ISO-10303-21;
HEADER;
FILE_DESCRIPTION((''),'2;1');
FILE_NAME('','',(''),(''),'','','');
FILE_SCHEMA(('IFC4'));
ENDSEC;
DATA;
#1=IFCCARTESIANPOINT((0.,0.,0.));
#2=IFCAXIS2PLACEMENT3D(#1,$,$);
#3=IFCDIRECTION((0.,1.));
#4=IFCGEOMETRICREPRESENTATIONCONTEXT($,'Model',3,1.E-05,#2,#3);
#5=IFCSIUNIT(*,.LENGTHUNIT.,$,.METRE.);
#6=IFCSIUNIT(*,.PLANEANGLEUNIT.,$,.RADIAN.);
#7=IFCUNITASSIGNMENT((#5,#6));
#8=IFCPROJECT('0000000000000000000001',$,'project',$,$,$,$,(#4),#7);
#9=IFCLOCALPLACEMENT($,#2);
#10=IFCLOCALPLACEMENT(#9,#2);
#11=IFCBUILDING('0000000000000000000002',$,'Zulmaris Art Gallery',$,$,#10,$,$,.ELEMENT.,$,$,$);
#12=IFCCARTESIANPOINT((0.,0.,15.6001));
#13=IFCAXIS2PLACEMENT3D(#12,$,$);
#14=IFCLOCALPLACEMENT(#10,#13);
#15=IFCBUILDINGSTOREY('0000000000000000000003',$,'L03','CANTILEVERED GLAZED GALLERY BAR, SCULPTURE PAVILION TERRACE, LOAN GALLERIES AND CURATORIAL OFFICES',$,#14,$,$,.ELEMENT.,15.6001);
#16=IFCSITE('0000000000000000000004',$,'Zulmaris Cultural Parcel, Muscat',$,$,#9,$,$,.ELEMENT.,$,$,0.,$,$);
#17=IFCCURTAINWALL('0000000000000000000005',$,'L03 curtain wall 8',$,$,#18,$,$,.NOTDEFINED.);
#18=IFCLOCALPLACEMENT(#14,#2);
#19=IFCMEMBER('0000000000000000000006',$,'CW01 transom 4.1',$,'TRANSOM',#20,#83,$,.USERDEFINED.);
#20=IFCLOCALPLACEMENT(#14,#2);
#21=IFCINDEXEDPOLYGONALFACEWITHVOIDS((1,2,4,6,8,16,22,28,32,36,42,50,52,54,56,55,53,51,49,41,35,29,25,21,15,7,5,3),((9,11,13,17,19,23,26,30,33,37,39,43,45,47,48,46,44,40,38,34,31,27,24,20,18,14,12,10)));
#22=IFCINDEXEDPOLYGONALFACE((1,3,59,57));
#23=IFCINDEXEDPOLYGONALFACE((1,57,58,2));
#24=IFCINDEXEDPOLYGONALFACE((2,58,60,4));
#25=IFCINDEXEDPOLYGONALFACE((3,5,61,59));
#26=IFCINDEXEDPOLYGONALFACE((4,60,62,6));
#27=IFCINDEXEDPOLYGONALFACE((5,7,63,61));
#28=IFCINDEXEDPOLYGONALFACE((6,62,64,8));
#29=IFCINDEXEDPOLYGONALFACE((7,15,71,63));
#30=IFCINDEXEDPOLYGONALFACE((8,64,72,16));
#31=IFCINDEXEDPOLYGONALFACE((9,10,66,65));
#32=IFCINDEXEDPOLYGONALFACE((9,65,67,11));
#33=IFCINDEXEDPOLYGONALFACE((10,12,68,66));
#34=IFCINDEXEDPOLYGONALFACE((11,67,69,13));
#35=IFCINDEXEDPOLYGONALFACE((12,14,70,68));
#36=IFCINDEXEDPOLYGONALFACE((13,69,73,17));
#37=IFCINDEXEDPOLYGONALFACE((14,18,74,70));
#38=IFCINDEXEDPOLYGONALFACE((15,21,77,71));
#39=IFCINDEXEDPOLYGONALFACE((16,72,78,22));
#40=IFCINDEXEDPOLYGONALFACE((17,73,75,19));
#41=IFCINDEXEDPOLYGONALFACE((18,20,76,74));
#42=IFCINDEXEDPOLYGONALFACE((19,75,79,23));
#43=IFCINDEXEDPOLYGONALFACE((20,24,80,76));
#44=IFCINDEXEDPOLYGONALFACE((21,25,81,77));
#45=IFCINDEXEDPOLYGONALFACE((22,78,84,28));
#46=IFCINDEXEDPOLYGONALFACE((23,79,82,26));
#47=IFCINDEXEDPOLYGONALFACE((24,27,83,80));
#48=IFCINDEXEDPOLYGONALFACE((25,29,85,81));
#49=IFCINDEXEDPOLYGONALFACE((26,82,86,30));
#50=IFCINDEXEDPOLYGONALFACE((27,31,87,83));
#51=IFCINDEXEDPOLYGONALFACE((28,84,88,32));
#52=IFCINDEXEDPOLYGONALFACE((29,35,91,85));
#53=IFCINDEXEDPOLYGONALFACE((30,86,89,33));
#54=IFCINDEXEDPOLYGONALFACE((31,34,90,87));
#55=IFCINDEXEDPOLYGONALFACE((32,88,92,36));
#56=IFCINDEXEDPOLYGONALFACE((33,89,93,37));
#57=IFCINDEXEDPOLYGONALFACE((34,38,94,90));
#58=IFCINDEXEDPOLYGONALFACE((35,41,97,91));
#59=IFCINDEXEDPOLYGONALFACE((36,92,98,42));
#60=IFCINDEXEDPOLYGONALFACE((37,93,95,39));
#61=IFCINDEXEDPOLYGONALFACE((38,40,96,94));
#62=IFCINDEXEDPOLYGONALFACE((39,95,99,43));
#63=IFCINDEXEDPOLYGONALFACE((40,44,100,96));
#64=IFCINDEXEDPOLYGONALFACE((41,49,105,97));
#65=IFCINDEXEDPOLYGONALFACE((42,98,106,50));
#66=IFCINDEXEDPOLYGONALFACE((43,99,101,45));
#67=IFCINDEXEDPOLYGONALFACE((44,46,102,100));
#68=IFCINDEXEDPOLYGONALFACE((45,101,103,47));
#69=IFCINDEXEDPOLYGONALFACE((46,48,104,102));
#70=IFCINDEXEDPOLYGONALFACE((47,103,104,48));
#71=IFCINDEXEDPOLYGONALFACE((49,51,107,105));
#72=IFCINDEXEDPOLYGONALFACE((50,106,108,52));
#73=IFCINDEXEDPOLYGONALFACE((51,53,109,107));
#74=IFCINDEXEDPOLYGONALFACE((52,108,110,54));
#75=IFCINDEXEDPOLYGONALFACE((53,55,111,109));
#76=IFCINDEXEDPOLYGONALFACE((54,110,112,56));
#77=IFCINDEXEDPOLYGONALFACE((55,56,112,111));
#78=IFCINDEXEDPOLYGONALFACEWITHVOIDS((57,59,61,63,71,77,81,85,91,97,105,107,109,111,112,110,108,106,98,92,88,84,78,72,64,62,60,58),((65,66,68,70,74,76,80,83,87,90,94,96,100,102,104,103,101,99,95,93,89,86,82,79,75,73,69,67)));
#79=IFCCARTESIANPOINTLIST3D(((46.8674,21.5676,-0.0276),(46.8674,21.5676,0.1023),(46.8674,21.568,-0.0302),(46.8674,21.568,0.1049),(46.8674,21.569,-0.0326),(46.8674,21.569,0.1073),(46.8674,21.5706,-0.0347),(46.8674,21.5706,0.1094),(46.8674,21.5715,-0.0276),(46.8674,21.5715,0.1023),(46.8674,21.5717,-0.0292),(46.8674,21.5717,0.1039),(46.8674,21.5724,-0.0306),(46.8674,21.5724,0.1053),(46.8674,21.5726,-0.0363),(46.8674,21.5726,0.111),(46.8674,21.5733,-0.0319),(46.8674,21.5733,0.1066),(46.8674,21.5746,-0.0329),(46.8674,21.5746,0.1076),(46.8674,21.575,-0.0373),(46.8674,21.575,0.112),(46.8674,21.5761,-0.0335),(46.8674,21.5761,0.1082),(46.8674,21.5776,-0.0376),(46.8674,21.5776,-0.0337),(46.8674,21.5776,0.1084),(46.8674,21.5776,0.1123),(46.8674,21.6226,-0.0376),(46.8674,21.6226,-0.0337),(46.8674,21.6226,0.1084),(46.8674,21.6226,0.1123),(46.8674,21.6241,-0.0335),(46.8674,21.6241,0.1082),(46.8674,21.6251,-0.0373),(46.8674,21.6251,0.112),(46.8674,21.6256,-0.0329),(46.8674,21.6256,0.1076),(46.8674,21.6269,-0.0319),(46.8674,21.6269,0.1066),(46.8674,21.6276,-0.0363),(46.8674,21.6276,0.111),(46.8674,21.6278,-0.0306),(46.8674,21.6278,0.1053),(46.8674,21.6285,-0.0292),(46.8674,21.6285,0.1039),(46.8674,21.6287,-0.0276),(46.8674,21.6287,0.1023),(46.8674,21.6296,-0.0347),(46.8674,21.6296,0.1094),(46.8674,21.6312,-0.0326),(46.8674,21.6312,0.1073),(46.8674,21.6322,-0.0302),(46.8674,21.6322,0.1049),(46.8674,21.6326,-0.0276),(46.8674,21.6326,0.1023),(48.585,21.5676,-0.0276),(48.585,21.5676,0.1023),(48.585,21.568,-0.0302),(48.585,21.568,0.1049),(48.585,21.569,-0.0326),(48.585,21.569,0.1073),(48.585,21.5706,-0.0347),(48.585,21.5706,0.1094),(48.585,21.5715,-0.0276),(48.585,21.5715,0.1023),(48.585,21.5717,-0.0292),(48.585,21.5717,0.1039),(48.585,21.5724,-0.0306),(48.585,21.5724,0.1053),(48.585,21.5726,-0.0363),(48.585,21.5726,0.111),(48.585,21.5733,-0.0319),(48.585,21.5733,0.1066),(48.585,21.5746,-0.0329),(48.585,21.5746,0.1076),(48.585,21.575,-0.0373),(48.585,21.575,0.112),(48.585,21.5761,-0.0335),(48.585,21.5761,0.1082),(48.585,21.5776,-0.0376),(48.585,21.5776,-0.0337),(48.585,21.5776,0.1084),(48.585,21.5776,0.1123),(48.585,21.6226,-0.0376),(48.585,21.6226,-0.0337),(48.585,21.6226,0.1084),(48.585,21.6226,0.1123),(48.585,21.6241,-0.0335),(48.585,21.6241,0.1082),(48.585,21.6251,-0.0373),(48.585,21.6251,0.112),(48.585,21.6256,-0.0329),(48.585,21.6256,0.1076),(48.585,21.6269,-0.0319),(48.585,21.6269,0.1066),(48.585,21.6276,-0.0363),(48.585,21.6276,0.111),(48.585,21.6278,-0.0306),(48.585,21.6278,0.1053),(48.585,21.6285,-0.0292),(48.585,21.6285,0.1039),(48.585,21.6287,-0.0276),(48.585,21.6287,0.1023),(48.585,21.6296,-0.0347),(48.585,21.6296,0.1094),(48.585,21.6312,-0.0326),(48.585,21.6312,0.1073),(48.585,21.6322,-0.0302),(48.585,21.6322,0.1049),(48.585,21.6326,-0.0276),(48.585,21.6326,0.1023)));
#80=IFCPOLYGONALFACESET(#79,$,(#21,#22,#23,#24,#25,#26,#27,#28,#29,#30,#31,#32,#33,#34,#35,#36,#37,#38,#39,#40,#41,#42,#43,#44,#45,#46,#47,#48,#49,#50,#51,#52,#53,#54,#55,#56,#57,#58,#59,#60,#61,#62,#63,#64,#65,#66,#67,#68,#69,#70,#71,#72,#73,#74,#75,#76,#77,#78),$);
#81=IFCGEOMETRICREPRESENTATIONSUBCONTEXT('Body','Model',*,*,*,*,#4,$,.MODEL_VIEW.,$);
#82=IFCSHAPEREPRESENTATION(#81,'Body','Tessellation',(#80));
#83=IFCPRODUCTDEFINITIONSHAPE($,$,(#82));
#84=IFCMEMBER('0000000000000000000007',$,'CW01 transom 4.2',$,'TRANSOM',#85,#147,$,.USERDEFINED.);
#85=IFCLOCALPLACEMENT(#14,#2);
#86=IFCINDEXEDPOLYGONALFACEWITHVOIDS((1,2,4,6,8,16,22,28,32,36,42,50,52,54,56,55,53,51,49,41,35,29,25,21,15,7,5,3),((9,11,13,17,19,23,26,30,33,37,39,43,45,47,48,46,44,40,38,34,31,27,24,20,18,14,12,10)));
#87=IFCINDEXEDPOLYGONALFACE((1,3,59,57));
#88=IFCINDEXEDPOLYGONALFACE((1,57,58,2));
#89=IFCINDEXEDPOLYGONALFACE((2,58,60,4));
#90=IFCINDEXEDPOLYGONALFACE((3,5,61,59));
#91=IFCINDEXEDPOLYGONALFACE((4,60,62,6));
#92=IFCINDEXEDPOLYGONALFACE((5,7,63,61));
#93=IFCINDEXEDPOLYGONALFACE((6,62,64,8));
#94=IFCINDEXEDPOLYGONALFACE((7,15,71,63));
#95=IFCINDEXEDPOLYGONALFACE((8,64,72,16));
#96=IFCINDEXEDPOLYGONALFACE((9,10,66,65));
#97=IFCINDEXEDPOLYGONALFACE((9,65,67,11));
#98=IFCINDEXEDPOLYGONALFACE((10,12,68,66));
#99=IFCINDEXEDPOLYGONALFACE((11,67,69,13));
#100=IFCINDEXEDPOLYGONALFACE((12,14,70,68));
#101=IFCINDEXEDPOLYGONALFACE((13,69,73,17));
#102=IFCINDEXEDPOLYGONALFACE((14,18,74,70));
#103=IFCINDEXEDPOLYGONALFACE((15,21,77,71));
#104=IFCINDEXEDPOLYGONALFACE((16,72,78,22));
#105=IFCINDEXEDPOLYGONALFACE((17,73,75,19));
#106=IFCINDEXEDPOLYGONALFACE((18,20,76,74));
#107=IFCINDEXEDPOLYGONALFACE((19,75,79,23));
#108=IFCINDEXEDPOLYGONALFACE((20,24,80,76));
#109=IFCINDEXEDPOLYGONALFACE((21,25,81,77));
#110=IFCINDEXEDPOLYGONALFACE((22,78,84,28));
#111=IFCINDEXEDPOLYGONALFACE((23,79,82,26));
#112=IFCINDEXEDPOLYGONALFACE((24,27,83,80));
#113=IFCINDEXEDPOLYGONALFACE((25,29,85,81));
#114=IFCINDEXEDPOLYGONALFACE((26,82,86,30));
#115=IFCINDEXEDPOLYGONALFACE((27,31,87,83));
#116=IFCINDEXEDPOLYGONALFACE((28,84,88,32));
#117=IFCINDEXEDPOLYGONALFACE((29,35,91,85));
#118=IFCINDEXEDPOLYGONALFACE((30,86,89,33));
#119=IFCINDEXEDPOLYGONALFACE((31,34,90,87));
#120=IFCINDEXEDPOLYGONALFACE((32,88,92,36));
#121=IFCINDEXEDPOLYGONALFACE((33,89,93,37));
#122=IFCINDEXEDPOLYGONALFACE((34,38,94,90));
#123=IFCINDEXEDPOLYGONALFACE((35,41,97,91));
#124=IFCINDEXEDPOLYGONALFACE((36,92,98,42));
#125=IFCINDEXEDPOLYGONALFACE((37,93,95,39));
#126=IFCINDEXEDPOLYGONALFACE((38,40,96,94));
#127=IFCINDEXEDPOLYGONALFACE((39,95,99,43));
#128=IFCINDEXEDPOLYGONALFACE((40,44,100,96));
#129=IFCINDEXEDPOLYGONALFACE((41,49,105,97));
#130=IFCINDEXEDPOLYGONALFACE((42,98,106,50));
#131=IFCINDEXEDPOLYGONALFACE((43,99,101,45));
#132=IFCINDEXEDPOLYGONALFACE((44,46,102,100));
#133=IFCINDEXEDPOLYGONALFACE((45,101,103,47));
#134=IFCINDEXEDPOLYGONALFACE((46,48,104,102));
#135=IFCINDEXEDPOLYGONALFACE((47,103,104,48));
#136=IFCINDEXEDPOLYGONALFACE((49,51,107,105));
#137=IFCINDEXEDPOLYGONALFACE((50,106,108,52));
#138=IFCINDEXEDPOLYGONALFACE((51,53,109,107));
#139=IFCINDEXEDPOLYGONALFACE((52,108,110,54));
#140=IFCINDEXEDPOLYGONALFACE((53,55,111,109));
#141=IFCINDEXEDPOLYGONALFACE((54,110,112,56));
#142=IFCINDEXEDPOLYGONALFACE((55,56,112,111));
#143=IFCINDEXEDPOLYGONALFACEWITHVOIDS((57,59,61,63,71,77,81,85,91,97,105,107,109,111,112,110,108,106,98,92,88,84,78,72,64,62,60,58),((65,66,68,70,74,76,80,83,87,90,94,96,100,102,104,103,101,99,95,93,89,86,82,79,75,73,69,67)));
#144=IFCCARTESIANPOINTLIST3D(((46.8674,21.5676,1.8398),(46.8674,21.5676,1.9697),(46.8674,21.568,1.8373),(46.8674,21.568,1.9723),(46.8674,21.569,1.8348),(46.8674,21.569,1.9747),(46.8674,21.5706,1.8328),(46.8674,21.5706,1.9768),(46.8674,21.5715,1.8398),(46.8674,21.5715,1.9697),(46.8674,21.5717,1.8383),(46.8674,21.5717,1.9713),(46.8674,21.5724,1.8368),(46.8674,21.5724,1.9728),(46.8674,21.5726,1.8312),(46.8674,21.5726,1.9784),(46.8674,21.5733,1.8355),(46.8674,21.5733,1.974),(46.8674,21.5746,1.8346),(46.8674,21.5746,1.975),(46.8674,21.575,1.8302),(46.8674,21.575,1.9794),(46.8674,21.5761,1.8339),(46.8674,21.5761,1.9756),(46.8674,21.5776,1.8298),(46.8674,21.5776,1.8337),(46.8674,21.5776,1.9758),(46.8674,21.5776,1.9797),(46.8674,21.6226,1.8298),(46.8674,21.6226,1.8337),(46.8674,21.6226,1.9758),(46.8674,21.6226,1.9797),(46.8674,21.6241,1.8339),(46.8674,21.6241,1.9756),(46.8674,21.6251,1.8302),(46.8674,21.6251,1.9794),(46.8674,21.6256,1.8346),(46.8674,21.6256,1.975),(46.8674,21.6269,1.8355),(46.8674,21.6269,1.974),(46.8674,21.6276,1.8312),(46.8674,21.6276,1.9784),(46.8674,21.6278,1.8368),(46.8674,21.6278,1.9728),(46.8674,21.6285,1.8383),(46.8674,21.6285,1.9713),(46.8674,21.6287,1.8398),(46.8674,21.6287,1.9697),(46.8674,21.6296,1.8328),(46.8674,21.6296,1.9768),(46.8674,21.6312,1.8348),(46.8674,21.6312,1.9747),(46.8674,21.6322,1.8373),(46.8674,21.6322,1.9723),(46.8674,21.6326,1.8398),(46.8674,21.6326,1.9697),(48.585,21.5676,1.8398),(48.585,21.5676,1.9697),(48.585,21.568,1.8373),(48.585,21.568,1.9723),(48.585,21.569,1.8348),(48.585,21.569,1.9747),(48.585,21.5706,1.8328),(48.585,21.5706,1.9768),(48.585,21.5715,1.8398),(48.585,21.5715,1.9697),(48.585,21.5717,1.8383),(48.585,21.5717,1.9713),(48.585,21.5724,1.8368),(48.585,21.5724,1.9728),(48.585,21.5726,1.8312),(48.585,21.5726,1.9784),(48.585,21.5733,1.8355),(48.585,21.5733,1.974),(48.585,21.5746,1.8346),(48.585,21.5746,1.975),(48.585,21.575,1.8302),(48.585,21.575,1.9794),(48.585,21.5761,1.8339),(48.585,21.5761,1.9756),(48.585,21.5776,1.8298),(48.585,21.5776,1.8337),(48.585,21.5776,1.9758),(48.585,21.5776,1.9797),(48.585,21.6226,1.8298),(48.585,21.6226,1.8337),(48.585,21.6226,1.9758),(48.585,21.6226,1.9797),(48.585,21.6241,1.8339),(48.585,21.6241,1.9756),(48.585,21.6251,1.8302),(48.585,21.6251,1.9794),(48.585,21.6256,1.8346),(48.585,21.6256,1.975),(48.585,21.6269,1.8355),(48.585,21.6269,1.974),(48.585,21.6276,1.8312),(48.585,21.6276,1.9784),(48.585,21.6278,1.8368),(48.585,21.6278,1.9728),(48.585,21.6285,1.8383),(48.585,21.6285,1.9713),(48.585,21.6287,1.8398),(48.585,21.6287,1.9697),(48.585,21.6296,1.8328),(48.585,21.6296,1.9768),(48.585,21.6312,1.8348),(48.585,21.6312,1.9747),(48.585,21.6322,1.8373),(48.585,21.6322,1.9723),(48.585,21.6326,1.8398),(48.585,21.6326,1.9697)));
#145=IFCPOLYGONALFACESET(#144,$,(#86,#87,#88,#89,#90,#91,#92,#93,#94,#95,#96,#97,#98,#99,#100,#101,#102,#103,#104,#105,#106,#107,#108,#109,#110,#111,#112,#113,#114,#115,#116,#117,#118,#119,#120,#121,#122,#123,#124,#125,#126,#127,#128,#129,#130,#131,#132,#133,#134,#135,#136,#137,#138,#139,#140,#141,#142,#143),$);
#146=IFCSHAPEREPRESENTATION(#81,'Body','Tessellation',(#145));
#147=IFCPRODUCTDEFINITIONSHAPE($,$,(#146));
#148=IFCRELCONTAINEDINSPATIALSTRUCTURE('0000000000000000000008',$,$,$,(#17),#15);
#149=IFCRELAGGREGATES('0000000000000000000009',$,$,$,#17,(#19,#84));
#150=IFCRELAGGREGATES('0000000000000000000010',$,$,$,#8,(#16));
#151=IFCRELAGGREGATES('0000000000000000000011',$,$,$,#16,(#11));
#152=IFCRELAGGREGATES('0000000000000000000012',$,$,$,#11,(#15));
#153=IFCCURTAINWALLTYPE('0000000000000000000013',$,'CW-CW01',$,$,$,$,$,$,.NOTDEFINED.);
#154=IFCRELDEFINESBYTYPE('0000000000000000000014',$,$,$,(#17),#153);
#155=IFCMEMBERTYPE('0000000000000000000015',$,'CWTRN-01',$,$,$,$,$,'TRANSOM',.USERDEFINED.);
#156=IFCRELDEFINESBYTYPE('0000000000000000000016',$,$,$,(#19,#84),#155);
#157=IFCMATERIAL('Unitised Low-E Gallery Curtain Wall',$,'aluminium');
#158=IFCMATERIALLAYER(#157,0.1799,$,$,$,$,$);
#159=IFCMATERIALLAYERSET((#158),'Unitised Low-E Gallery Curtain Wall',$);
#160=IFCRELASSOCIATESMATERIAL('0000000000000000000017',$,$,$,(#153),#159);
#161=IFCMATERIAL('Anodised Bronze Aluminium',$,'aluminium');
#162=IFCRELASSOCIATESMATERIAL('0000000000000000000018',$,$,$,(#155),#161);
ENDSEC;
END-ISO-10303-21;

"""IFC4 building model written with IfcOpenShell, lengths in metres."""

from ifc_helpers import new_model, si_unit, direction, frame, origin, origin_2d, place, context, subcontext, project, spatial, hollow_rectangle, extrude, material, layer, layer_set, material_profile, profile_set, type_object, element, aggregate, save


model = new_model("IFC4")

# Units and contexts
model_context = context("Model", 3, precision=1e-05, world=origin(), true_north=direction((0.0, 1.0)))
body_context = subcontext(model_context, "Body", "Model", "MODEL_VIEW")
ifc_project = project(units=[si_unit("LENGTHUNIT", "METRE"), si_unit("PLANEANGLEUNIT", "RADIAN")], contexts=[model_context])

# Site, building, storey
site_placement = place(None, origin())
site = spatial("IfcSite", under=ifc_project, at=site_placement, Name="Zulmaris Cultural Parcel, Muscat", CompositionType="ELEMENT", RefElevation=0.0)
building_placement = place(site_placement, origin())
building = spatial("IfcBuilding", under=site, at=building_placement, Name="Zulmaris Art Gallery", CompositionType="ELEMENT")
storey_placement = place(building_placement, frame((0.0, 0.0, 15.6001)))
storey = spatial("IfcBuildingStorey", under=building, at=storey_placement, Name="L03", Description="CANTILEVERED GLAZED GALLERY BAR, SCULPTURE PAVILION TERRACE, LOAN GALLERIES AND CURATORIAL OFFICES", CompositionType="ELEMENT", Elevation=15.6001)

# Curtain wall
ifc_material_1 = material(Name="Unitised Low-E Gallery Curtain Wall", Category="aluminium")
ifc_layer_1 = layer(ifc_material_1, 0.1799)
ifc_layer_set_1 = layer_set([ifc_layer_1], Name="Unitised Low-E Gallery Curtain Wall")
curtain_wall_type_1 = type_object("IfcCurtainWallType", Name="CW-CW01", PredefinedType="NOTDEFINED", material=ifc_layer_set_1)
curtain_wall_1_placement = place(storey_placement, origin())
curtain_wall_1 = element("IfcCurtainWall", 1, at=curtain_wall_1_placement, inside=storey, type_object=curtain_wall_type_1, Name="L03 curtain wall 8", PredefinedType="NOTDEFINED")
ifc_material_2 = material(Name="Anodised Bronze Aluminium", Category="aluminium")

# Members
ifc_material_profile_1 = material_profile(ifc_material_2, hollow_rectangle(XDim=0.0649, YDim=0.1499, WallThickness=0.0039, InnerFilletRadius=0.0061, OuterFilletRadius=0.01, at=origin_2d()), Name="ALU 65x150x4")
ifc_profile_set_1 = profile_set([ifc_material_profile_1], Name="Anodised Bronze Aluminium")
member_type_1 = type_object("IfcMemberType", Name="CWTRN-01", ElementType="TRANSOM", PredefinedType="USERDEFINED", material=ifc_profile_set_1)
member_1_placement = place(storey_placement, frame((46.8674, 21.6001, 0.0374), z_axis=(1.0, 0.0, 0.0), x_axis=(0.0, 1.0, 0.0)))
member_1 = element("IfcMember", 2, at=member_1_placement, type_object=member_type_1, Name="CW01 transom 4.1", ObjectType="TRANSOM", PredefinedType="USERDEFINED", context=body_context, shape_type="SweptSolid", body=[
    extrude(hollow_rectangle(XDim=0.0649, YDim=0.1499, WallThickness=0.0039, InnerFilletRadius=0.0061, OuterFilletRadius=0.01, at=origin_2d()), origin(), (0.0, 0.0, 1.0), 1.7175),
])
member_2_placement = place(storey_placement, frame((46.8674, 21.6001, 1.9048), z_axis=(1.0, 0.0, 0.0), x_axis=(0.0, 1.0, 0.0)))
member_2 = element("IfcMember", 3, at=member_2_placement, type_object=member_type_1, Name="CW01 transom 4.2", ObjectType="TRANSOM", PredefinedType="USERDEFINED", context=body_context, shape_type="SweptSolid", body=[
    extrude(hollow_rectangle(XDim=0.0649, YDim=0.1499, WallThickness=0.0039, InnerFilletRadius=0.0061, OuterFilletRadius=0.01, at=origin_2d()), origin(), (0.0, 0.0, 1.0), 1.7175),
])

aggregate(curtain_wall_1, [member_1, member_2])

save(model, "model.ifc")
